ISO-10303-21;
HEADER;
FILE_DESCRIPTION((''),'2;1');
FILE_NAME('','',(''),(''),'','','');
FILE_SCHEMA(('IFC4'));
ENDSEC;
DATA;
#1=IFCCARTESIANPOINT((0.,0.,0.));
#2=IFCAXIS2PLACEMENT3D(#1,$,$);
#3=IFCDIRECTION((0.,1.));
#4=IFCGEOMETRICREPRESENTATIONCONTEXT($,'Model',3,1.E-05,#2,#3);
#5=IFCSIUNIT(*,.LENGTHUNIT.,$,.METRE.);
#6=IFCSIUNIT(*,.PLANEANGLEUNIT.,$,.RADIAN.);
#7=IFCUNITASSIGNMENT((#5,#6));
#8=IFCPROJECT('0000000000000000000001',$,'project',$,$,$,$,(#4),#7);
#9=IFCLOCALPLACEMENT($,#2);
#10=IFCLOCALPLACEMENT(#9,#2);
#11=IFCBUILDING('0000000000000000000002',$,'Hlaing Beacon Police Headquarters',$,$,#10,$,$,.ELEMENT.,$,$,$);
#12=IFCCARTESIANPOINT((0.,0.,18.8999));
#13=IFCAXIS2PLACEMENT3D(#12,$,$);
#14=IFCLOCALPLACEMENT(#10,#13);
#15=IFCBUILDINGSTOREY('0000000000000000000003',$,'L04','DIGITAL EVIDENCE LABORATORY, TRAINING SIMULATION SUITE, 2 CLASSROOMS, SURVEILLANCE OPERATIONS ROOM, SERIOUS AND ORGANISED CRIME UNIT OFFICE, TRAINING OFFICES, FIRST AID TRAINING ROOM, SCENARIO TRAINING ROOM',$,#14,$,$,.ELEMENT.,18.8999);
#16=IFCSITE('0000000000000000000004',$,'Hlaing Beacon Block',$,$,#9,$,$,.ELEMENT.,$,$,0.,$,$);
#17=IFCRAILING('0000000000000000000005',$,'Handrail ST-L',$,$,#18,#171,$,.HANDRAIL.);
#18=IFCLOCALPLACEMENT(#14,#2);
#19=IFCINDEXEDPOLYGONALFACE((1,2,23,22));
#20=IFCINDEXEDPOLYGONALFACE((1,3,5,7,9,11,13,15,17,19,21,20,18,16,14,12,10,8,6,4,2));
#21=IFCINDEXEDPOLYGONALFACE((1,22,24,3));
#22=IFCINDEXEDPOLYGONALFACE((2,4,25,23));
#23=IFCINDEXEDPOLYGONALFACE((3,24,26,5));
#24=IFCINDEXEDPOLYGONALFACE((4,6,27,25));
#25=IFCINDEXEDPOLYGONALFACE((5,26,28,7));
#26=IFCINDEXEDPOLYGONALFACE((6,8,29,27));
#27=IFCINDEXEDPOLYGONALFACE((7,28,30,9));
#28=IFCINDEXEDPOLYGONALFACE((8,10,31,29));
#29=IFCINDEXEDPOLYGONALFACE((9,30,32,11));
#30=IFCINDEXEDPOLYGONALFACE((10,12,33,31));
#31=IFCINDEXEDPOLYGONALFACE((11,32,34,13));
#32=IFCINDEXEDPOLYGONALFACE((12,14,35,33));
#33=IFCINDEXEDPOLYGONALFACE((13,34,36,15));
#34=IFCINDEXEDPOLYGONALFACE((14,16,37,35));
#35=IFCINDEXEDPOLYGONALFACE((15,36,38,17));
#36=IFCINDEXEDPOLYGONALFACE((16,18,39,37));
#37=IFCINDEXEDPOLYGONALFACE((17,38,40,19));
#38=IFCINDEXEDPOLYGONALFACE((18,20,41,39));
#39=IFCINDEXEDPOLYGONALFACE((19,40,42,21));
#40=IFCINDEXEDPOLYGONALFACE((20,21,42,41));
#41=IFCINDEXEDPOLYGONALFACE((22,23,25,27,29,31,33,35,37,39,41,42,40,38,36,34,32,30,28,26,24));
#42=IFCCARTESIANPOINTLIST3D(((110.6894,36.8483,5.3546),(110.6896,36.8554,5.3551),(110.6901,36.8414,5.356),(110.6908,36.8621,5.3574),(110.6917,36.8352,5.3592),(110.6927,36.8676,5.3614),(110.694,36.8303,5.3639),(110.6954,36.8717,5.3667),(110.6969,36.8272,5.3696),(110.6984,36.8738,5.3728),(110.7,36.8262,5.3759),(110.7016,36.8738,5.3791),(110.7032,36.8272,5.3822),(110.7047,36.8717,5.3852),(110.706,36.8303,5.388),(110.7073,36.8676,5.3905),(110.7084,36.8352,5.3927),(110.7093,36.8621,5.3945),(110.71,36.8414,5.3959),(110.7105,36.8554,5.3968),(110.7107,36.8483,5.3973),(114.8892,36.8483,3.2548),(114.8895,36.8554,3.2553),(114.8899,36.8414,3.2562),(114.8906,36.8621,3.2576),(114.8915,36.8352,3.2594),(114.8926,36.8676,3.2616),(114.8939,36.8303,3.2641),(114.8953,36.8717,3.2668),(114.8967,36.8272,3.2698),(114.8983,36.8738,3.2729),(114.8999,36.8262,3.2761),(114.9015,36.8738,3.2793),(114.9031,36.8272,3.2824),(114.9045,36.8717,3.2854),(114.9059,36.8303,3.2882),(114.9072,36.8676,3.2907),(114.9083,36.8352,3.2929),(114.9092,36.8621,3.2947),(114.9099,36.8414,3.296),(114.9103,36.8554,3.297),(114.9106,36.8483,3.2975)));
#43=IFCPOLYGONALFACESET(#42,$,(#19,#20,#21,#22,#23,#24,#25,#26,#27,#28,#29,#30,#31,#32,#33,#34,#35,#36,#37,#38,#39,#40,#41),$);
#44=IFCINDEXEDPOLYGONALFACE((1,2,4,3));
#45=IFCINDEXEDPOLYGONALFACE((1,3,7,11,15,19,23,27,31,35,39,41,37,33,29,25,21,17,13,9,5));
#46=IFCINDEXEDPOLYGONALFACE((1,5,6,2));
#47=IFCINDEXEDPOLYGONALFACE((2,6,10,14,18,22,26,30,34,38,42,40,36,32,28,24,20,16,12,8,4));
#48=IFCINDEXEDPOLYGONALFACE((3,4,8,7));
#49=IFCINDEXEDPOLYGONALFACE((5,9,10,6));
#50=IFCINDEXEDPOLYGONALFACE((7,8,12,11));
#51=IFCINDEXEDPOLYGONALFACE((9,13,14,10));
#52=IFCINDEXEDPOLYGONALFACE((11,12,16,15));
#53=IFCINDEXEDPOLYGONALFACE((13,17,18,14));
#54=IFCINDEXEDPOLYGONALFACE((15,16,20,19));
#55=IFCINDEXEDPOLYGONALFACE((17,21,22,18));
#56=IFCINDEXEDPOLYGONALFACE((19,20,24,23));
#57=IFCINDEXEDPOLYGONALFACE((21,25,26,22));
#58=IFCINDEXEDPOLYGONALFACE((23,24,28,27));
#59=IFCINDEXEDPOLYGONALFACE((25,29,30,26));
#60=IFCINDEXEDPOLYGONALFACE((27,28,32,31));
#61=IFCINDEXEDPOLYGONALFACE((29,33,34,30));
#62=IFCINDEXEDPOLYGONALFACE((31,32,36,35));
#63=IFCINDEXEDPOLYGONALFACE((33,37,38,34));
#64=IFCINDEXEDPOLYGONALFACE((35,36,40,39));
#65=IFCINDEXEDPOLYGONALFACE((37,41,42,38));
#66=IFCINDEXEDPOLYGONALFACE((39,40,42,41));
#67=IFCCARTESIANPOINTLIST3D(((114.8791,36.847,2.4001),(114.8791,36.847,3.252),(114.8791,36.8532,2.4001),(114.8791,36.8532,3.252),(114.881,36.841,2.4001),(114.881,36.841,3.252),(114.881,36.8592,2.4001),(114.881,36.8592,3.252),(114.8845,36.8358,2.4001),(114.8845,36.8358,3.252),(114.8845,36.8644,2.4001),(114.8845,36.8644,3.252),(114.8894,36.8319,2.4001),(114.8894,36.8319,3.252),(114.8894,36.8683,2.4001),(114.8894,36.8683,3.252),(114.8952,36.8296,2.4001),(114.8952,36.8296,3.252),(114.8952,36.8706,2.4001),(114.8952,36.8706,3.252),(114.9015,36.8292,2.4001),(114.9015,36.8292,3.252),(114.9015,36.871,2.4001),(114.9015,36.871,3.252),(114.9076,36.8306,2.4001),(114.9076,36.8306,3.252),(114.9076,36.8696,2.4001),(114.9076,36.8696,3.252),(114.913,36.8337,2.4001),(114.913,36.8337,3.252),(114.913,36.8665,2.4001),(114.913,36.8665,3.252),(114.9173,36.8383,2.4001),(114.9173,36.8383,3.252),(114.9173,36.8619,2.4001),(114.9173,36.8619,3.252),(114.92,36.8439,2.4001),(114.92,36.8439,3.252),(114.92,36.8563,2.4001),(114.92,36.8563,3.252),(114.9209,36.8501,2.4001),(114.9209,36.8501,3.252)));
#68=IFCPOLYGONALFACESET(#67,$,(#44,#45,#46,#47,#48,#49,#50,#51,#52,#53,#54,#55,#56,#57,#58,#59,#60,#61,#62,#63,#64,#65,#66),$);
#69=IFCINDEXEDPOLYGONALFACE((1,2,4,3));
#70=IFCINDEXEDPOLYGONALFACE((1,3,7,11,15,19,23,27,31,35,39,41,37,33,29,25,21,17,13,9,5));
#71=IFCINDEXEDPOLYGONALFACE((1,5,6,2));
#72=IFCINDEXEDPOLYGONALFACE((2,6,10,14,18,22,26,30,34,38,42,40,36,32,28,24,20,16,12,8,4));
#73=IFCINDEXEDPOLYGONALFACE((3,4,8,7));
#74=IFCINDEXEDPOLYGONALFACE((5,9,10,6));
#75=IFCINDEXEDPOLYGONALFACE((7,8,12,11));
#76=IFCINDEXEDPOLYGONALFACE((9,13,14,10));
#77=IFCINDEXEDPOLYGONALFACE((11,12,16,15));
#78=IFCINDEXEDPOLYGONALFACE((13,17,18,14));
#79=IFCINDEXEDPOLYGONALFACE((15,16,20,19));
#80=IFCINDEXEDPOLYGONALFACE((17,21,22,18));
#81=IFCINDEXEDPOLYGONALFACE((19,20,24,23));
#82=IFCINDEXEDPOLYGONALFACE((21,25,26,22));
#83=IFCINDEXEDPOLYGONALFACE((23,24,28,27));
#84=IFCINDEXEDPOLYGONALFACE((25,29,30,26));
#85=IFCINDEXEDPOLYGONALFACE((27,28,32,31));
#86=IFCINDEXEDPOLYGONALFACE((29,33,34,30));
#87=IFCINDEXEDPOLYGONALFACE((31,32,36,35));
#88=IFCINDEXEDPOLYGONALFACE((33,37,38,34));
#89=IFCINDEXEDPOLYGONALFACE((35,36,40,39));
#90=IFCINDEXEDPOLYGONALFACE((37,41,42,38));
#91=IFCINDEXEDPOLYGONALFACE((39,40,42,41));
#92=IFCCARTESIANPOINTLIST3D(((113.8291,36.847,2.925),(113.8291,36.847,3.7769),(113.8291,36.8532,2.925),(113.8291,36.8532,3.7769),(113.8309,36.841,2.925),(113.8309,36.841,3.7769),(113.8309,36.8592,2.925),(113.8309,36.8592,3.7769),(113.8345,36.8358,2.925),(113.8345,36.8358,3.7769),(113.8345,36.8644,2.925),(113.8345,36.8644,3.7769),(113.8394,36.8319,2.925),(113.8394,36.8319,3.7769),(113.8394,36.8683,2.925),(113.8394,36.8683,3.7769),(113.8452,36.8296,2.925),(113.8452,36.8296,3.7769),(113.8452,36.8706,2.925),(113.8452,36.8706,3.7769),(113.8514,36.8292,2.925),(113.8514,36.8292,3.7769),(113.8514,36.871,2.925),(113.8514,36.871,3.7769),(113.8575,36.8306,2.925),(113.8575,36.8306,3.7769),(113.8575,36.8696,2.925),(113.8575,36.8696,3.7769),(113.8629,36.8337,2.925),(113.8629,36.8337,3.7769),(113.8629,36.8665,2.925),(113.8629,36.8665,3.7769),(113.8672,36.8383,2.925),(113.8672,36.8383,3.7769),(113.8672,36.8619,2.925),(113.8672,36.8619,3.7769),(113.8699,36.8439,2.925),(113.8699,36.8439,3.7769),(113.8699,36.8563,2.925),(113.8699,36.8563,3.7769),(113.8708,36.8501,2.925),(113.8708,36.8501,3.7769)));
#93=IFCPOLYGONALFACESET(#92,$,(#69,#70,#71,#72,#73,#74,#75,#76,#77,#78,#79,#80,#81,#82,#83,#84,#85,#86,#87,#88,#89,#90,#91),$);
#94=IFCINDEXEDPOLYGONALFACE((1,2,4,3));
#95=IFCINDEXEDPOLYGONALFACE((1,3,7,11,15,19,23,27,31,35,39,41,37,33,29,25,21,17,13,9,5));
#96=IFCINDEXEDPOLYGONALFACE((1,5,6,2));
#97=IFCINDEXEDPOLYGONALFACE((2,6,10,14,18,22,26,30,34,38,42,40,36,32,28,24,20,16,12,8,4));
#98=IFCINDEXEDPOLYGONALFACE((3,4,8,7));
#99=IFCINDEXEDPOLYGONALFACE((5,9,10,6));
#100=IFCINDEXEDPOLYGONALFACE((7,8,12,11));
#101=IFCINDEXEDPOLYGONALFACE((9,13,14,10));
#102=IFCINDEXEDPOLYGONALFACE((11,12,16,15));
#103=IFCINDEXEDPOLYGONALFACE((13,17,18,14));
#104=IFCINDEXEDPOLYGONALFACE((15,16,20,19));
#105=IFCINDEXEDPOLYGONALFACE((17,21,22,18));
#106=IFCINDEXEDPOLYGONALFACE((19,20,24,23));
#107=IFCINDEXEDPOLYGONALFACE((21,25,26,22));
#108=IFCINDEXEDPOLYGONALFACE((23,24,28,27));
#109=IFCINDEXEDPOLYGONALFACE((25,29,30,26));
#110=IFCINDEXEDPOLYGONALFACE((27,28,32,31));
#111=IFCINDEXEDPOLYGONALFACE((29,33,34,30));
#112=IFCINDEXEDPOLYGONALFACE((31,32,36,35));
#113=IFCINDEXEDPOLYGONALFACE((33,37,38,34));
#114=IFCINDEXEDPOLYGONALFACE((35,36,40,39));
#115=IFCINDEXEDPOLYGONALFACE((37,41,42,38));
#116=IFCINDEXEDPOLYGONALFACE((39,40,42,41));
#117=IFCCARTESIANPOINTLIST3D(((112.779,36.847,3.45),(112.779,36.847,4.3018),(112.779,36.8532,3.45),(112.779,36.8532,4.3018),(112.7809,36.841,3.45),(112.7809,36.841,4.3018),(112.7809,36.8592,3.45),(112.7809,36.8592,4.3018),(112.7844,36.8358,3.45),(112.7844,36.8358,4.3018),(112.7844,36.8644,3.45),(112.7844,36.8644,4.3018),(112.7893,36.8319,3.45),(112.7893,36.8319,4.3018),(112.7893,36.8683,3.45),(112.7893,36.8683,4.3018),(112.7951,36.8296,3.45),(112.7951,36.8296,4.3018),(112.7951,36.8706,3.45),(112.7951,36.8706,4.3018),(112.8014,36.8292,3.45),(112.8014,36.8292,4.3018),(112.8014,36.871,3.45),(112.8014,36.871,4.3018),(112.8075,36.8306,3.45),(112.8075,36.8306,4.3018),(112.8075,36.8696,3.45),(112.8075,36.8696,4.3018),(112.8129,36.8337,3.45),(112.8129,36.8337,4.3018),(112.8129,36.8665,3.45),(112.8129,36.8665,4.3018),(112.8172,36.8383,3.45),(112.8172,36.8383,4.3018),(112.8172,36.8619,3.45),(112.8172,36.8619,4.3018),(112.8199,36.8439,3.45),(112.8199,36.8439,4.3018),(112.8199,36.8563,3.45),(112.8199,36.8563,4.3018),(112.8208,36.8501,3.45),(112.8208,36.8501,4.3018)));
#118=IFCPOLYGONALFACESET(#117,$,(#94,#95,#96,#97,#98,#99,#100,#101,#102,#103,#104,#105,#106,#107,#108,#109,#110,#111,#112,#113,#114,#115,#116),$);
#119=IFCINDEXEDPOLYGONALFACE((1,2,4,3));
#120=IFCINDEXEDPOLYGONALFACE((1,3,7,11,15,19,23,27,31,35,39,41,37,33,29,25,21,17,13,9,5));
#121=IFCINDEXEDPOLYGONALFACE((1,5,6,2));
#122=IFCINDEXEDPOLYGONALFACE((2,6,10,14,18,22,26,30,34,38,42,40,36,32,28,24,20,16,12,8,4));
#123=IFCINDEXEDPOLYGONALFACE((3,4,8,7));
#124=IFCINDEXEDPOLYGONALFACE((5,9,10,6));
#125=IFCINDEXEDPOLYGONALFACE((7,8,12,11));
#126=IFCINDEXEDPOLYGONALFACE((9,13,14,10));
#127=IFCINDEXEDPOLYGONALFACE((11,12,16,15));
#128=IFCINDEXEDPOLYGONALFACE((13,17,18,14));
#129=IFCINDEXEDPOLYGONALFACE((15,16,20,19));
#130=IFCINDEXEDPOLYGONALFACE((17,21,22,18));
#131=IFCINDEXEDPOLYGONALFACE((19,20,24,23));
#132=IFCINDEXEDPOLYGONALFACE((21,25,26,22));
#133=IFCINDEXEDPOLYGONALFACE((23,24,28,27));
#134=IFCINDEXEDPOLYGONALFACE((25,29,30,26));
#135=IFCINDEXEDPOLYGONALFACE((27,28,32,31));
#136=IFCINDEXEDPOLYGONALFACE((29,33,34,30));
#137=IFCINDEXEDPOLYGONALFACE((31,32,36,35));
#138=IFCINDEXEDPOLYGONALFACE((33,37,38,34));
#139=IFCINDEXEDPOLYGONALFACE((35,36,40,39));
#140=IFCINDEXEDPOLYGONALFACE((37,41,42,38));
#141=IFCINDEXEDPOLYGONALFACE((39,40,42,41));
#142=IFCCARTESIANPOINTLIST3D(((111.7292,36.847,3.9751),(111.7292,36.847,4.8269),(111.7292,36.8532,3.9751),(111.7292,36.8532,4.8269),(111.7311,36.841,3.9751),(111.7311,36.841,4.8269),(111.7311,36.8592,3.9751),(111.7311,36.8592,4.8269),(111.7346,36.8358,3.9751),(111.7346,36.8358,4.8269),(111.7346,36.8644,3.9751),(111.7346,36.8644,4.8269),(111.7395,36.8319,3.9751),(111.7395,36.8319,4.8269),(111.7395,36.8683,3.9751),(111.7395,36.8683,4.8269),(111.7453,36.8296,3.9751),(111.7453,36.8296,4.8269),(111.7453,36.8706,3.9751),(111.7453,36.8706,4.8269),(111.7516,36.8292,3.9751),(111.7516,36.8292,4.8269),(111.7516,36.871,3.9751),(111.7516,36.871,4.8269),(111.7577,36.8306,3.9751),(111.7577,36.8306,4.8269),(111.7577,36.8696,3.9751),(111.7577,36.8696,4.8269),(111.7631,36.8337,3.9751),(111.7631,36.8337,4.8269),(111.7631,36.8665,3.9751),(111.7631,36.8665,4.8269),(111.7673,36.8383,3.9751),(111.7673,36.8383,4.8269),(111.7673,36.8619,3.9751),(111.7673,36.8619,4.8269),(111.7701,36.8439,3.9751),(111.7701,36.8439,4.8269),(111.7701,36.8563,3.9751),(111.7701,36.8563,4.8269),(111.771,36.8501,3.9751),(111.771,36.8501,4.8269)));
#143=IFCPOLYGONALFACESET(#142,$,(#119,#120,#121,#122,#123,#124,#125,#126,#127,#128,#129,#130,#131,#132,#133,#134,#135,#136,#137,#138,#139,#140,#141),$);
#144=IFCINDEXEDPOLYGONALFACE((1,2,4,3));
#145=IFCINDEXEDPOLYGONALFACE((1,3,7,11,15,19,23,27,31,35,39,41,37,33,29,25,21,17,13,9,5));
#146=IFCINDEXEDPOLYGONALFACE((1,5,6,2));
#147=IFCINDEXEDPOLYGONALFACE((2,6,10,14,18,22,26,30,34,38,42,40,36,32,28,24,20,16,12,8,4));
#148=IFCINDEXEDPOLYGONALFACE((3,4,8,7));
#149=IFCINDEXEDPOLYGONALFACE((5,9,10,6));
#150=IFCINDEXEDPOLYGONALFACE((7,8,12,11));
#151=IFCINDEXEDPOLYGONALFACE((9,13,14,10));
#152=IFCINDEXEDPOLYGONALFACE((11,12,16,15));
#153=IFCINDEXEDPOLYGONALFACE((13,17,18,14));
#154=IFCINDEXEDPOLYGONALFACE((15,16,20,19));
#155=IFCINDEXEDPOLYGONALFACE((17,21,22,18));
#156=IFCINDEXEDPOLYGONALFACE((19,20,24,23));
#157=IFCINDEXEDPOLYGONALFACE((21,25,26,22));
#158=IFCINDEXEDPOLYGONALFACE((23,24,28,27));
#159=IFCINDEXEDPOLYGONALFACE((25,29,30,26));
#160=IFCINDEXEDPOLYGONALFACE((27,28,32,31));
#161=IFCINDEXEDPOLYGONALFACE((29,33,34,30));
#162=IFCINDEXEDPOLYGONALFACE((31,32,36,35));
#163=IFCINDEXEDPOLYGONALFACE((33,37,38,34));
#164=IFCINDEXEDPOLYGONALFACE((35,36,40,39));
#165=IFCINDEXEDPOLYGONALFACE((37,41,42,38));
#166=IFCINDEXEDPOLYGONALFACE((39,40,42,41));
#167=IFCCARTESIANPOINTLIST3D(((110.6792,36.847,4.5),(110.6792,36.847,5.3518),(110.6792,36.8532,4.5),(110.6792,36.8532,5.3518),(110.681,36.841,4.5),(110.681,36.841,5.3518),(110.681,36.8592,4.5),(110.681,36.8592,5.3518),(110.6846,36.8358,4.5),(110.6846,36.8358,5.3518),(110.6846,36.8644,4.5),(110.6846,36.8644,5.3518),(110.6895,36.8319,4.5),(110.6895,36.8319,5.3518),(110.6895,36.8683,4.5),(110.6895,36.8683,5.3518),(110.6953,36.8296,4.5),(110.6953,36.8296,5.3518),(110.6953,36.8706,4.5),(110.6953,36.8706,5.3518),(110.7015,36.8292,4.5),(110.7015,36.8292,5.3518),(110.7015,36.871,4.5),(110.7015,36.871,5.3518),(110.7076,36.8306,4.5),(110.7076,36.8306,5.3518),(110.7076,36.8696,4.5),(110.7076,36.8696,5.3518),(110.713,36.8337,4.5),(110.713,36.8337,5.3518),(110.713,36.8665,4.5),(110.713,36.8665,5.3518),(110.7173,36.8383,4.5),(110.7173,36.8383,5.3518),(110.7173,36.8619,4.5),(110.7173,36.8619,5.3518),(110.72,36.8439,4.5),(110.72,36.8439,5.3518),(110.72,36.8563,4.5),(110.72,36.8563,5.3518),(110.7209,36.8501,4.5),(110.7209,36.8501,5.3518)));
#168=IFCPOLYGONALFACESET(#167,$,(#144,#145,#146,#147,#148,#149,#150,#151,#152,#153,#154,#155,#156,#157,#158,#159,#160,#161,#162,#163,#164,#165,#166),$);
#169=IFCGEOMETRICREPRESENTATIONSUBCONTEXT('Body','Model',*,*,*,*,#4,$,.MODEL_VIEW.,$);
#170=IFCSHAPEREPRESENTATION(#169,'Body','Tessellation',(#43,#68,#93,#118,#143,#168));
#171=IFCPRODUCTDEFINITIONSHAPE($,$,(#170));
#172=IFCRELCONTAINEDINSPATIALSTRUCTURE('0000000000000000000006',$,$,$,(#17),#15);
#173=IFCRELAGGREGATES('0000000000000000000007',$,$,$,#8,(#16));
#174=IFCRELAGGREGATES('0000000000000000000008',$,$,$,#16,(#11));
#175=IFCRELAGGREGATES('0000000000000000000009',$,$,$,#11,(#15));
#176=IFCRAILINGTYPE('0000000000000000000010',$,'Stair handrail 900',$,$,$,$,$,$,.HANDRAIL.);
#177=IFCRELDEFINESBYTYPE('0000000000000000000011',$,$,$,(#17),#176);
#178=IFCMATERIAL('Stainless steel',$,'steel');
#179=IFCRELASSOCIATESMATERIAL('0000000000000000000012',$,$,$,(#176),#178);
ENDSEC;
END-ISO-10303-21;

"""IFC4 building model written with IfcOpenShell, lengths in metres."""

from ifc_helpers import new_model, si_unit, direction, frame, origin, origin_2d, place, context, subcontext, project, spatial, circle, extrude, material, type_object, element, save


model = new_model("IFC4")

# Units and contexts
model_context = context("Model", 3, precision=1e-05, world=origin(), true_north=direction((0.0, 1.0)))
body_context = subcontext(model_context, "Body", "Model", "MODEL_VIEW")
ifc_project = project(units=[si_unit("LENGTHUNIT", "METRE"), si_unit("PLANEANGLEUNIT", "RADIAN")], contexts=[model_context])

# Site, building, storey
site_placement = place(None, origin())
site = spatial("IfcSite", under=ifc_project, at=site_placement, Name="Hlaing Beacon Block", CompositionType="ELEMENT", RefElevation=0.0)
building_placement = place(site_placement, origin())
building = spatial("IfcBuilding", under=site, at=building_placement, Name="Hlaing Beacon Police Headquarters", CompositionType="ELEMENT")
storey_placement = place(building_placement, frame((0.0, 0.0, 18.8999)))
storey = spatial("IfcBuildingStorey", under=building, at=storey_placement, Name="L04", Description="DIGITAL EVIDENCE LABORATORY, TRAINING SIMULATION SUITE, 2 CLASSROOMS, SURVEILLANCE OPERATIONS ROOM, SERIOUS AND ORGANISED CRIME UNIT OFFICE, TRAINING OFFICES, FIRST AID TRAINING ROOM, SCENARIO TRAINING ROOM", CompositionType="ELEMENT", Elevation=18.8999)

# Railing
ifc_material_1 = material(Name="Stainless steel", Category="steel")
railing_type_1 = type_object("IfcRailingType", Name="Stair handrail 900", PredefinedType="HANDRAIL", material=ifc_material_1)
for number, where, name in (
    (1, (114.8999, 36.8501, 2.4001), "Handrail ST-L"),
):
    element("IfcRailing", number, at=place(storey_placement, frame(where)), inside=storey, type_object=railing_type_1, Name=name, PredefinedType="HANDRAIL", context=body_context, shape_type="SweptSolid", body=[
        extrude(circle(Radius=0.0239, at=origin_2d()), frame((0.0, 0.0, 0.876), z_axis=(-0.894438, 0.0, 0.447193), x_axis=(0.0, -1.0, 0.0)), (0.0, 0.0, 1.0), 4.6956),
        extrude(circle(Radius=0.021, at=origin_2d()), origin(), (0.0, 0.0, 1.0), 0.8518),
        extrude(circle(Radius=0.021, at=origin_2d()), frame((-1.05, 0.0, 0.5249)), (0.0, 0.0, 1.0), 0.8518),
        extrude(circle(Radius=0.021, at=origin_2d()), frame((-2.1001, 0.0, 1.0498)), (0.0, 0.0, 1.0), 0.8518),
        extrude(circle(Radius=0.021, at=origin_2d()), frame((-3.1499, 0.0, 1.575)), (0.0, 0.0, 1.0), 0.8518),
        extrude(circle(Radius=0.021, at=origin_2d()), frame((-4.2, 0.0, 2.0999)), (0.0, 0.0, 1.0), 0.8518),
    ])

save(model, "model.ifc")
